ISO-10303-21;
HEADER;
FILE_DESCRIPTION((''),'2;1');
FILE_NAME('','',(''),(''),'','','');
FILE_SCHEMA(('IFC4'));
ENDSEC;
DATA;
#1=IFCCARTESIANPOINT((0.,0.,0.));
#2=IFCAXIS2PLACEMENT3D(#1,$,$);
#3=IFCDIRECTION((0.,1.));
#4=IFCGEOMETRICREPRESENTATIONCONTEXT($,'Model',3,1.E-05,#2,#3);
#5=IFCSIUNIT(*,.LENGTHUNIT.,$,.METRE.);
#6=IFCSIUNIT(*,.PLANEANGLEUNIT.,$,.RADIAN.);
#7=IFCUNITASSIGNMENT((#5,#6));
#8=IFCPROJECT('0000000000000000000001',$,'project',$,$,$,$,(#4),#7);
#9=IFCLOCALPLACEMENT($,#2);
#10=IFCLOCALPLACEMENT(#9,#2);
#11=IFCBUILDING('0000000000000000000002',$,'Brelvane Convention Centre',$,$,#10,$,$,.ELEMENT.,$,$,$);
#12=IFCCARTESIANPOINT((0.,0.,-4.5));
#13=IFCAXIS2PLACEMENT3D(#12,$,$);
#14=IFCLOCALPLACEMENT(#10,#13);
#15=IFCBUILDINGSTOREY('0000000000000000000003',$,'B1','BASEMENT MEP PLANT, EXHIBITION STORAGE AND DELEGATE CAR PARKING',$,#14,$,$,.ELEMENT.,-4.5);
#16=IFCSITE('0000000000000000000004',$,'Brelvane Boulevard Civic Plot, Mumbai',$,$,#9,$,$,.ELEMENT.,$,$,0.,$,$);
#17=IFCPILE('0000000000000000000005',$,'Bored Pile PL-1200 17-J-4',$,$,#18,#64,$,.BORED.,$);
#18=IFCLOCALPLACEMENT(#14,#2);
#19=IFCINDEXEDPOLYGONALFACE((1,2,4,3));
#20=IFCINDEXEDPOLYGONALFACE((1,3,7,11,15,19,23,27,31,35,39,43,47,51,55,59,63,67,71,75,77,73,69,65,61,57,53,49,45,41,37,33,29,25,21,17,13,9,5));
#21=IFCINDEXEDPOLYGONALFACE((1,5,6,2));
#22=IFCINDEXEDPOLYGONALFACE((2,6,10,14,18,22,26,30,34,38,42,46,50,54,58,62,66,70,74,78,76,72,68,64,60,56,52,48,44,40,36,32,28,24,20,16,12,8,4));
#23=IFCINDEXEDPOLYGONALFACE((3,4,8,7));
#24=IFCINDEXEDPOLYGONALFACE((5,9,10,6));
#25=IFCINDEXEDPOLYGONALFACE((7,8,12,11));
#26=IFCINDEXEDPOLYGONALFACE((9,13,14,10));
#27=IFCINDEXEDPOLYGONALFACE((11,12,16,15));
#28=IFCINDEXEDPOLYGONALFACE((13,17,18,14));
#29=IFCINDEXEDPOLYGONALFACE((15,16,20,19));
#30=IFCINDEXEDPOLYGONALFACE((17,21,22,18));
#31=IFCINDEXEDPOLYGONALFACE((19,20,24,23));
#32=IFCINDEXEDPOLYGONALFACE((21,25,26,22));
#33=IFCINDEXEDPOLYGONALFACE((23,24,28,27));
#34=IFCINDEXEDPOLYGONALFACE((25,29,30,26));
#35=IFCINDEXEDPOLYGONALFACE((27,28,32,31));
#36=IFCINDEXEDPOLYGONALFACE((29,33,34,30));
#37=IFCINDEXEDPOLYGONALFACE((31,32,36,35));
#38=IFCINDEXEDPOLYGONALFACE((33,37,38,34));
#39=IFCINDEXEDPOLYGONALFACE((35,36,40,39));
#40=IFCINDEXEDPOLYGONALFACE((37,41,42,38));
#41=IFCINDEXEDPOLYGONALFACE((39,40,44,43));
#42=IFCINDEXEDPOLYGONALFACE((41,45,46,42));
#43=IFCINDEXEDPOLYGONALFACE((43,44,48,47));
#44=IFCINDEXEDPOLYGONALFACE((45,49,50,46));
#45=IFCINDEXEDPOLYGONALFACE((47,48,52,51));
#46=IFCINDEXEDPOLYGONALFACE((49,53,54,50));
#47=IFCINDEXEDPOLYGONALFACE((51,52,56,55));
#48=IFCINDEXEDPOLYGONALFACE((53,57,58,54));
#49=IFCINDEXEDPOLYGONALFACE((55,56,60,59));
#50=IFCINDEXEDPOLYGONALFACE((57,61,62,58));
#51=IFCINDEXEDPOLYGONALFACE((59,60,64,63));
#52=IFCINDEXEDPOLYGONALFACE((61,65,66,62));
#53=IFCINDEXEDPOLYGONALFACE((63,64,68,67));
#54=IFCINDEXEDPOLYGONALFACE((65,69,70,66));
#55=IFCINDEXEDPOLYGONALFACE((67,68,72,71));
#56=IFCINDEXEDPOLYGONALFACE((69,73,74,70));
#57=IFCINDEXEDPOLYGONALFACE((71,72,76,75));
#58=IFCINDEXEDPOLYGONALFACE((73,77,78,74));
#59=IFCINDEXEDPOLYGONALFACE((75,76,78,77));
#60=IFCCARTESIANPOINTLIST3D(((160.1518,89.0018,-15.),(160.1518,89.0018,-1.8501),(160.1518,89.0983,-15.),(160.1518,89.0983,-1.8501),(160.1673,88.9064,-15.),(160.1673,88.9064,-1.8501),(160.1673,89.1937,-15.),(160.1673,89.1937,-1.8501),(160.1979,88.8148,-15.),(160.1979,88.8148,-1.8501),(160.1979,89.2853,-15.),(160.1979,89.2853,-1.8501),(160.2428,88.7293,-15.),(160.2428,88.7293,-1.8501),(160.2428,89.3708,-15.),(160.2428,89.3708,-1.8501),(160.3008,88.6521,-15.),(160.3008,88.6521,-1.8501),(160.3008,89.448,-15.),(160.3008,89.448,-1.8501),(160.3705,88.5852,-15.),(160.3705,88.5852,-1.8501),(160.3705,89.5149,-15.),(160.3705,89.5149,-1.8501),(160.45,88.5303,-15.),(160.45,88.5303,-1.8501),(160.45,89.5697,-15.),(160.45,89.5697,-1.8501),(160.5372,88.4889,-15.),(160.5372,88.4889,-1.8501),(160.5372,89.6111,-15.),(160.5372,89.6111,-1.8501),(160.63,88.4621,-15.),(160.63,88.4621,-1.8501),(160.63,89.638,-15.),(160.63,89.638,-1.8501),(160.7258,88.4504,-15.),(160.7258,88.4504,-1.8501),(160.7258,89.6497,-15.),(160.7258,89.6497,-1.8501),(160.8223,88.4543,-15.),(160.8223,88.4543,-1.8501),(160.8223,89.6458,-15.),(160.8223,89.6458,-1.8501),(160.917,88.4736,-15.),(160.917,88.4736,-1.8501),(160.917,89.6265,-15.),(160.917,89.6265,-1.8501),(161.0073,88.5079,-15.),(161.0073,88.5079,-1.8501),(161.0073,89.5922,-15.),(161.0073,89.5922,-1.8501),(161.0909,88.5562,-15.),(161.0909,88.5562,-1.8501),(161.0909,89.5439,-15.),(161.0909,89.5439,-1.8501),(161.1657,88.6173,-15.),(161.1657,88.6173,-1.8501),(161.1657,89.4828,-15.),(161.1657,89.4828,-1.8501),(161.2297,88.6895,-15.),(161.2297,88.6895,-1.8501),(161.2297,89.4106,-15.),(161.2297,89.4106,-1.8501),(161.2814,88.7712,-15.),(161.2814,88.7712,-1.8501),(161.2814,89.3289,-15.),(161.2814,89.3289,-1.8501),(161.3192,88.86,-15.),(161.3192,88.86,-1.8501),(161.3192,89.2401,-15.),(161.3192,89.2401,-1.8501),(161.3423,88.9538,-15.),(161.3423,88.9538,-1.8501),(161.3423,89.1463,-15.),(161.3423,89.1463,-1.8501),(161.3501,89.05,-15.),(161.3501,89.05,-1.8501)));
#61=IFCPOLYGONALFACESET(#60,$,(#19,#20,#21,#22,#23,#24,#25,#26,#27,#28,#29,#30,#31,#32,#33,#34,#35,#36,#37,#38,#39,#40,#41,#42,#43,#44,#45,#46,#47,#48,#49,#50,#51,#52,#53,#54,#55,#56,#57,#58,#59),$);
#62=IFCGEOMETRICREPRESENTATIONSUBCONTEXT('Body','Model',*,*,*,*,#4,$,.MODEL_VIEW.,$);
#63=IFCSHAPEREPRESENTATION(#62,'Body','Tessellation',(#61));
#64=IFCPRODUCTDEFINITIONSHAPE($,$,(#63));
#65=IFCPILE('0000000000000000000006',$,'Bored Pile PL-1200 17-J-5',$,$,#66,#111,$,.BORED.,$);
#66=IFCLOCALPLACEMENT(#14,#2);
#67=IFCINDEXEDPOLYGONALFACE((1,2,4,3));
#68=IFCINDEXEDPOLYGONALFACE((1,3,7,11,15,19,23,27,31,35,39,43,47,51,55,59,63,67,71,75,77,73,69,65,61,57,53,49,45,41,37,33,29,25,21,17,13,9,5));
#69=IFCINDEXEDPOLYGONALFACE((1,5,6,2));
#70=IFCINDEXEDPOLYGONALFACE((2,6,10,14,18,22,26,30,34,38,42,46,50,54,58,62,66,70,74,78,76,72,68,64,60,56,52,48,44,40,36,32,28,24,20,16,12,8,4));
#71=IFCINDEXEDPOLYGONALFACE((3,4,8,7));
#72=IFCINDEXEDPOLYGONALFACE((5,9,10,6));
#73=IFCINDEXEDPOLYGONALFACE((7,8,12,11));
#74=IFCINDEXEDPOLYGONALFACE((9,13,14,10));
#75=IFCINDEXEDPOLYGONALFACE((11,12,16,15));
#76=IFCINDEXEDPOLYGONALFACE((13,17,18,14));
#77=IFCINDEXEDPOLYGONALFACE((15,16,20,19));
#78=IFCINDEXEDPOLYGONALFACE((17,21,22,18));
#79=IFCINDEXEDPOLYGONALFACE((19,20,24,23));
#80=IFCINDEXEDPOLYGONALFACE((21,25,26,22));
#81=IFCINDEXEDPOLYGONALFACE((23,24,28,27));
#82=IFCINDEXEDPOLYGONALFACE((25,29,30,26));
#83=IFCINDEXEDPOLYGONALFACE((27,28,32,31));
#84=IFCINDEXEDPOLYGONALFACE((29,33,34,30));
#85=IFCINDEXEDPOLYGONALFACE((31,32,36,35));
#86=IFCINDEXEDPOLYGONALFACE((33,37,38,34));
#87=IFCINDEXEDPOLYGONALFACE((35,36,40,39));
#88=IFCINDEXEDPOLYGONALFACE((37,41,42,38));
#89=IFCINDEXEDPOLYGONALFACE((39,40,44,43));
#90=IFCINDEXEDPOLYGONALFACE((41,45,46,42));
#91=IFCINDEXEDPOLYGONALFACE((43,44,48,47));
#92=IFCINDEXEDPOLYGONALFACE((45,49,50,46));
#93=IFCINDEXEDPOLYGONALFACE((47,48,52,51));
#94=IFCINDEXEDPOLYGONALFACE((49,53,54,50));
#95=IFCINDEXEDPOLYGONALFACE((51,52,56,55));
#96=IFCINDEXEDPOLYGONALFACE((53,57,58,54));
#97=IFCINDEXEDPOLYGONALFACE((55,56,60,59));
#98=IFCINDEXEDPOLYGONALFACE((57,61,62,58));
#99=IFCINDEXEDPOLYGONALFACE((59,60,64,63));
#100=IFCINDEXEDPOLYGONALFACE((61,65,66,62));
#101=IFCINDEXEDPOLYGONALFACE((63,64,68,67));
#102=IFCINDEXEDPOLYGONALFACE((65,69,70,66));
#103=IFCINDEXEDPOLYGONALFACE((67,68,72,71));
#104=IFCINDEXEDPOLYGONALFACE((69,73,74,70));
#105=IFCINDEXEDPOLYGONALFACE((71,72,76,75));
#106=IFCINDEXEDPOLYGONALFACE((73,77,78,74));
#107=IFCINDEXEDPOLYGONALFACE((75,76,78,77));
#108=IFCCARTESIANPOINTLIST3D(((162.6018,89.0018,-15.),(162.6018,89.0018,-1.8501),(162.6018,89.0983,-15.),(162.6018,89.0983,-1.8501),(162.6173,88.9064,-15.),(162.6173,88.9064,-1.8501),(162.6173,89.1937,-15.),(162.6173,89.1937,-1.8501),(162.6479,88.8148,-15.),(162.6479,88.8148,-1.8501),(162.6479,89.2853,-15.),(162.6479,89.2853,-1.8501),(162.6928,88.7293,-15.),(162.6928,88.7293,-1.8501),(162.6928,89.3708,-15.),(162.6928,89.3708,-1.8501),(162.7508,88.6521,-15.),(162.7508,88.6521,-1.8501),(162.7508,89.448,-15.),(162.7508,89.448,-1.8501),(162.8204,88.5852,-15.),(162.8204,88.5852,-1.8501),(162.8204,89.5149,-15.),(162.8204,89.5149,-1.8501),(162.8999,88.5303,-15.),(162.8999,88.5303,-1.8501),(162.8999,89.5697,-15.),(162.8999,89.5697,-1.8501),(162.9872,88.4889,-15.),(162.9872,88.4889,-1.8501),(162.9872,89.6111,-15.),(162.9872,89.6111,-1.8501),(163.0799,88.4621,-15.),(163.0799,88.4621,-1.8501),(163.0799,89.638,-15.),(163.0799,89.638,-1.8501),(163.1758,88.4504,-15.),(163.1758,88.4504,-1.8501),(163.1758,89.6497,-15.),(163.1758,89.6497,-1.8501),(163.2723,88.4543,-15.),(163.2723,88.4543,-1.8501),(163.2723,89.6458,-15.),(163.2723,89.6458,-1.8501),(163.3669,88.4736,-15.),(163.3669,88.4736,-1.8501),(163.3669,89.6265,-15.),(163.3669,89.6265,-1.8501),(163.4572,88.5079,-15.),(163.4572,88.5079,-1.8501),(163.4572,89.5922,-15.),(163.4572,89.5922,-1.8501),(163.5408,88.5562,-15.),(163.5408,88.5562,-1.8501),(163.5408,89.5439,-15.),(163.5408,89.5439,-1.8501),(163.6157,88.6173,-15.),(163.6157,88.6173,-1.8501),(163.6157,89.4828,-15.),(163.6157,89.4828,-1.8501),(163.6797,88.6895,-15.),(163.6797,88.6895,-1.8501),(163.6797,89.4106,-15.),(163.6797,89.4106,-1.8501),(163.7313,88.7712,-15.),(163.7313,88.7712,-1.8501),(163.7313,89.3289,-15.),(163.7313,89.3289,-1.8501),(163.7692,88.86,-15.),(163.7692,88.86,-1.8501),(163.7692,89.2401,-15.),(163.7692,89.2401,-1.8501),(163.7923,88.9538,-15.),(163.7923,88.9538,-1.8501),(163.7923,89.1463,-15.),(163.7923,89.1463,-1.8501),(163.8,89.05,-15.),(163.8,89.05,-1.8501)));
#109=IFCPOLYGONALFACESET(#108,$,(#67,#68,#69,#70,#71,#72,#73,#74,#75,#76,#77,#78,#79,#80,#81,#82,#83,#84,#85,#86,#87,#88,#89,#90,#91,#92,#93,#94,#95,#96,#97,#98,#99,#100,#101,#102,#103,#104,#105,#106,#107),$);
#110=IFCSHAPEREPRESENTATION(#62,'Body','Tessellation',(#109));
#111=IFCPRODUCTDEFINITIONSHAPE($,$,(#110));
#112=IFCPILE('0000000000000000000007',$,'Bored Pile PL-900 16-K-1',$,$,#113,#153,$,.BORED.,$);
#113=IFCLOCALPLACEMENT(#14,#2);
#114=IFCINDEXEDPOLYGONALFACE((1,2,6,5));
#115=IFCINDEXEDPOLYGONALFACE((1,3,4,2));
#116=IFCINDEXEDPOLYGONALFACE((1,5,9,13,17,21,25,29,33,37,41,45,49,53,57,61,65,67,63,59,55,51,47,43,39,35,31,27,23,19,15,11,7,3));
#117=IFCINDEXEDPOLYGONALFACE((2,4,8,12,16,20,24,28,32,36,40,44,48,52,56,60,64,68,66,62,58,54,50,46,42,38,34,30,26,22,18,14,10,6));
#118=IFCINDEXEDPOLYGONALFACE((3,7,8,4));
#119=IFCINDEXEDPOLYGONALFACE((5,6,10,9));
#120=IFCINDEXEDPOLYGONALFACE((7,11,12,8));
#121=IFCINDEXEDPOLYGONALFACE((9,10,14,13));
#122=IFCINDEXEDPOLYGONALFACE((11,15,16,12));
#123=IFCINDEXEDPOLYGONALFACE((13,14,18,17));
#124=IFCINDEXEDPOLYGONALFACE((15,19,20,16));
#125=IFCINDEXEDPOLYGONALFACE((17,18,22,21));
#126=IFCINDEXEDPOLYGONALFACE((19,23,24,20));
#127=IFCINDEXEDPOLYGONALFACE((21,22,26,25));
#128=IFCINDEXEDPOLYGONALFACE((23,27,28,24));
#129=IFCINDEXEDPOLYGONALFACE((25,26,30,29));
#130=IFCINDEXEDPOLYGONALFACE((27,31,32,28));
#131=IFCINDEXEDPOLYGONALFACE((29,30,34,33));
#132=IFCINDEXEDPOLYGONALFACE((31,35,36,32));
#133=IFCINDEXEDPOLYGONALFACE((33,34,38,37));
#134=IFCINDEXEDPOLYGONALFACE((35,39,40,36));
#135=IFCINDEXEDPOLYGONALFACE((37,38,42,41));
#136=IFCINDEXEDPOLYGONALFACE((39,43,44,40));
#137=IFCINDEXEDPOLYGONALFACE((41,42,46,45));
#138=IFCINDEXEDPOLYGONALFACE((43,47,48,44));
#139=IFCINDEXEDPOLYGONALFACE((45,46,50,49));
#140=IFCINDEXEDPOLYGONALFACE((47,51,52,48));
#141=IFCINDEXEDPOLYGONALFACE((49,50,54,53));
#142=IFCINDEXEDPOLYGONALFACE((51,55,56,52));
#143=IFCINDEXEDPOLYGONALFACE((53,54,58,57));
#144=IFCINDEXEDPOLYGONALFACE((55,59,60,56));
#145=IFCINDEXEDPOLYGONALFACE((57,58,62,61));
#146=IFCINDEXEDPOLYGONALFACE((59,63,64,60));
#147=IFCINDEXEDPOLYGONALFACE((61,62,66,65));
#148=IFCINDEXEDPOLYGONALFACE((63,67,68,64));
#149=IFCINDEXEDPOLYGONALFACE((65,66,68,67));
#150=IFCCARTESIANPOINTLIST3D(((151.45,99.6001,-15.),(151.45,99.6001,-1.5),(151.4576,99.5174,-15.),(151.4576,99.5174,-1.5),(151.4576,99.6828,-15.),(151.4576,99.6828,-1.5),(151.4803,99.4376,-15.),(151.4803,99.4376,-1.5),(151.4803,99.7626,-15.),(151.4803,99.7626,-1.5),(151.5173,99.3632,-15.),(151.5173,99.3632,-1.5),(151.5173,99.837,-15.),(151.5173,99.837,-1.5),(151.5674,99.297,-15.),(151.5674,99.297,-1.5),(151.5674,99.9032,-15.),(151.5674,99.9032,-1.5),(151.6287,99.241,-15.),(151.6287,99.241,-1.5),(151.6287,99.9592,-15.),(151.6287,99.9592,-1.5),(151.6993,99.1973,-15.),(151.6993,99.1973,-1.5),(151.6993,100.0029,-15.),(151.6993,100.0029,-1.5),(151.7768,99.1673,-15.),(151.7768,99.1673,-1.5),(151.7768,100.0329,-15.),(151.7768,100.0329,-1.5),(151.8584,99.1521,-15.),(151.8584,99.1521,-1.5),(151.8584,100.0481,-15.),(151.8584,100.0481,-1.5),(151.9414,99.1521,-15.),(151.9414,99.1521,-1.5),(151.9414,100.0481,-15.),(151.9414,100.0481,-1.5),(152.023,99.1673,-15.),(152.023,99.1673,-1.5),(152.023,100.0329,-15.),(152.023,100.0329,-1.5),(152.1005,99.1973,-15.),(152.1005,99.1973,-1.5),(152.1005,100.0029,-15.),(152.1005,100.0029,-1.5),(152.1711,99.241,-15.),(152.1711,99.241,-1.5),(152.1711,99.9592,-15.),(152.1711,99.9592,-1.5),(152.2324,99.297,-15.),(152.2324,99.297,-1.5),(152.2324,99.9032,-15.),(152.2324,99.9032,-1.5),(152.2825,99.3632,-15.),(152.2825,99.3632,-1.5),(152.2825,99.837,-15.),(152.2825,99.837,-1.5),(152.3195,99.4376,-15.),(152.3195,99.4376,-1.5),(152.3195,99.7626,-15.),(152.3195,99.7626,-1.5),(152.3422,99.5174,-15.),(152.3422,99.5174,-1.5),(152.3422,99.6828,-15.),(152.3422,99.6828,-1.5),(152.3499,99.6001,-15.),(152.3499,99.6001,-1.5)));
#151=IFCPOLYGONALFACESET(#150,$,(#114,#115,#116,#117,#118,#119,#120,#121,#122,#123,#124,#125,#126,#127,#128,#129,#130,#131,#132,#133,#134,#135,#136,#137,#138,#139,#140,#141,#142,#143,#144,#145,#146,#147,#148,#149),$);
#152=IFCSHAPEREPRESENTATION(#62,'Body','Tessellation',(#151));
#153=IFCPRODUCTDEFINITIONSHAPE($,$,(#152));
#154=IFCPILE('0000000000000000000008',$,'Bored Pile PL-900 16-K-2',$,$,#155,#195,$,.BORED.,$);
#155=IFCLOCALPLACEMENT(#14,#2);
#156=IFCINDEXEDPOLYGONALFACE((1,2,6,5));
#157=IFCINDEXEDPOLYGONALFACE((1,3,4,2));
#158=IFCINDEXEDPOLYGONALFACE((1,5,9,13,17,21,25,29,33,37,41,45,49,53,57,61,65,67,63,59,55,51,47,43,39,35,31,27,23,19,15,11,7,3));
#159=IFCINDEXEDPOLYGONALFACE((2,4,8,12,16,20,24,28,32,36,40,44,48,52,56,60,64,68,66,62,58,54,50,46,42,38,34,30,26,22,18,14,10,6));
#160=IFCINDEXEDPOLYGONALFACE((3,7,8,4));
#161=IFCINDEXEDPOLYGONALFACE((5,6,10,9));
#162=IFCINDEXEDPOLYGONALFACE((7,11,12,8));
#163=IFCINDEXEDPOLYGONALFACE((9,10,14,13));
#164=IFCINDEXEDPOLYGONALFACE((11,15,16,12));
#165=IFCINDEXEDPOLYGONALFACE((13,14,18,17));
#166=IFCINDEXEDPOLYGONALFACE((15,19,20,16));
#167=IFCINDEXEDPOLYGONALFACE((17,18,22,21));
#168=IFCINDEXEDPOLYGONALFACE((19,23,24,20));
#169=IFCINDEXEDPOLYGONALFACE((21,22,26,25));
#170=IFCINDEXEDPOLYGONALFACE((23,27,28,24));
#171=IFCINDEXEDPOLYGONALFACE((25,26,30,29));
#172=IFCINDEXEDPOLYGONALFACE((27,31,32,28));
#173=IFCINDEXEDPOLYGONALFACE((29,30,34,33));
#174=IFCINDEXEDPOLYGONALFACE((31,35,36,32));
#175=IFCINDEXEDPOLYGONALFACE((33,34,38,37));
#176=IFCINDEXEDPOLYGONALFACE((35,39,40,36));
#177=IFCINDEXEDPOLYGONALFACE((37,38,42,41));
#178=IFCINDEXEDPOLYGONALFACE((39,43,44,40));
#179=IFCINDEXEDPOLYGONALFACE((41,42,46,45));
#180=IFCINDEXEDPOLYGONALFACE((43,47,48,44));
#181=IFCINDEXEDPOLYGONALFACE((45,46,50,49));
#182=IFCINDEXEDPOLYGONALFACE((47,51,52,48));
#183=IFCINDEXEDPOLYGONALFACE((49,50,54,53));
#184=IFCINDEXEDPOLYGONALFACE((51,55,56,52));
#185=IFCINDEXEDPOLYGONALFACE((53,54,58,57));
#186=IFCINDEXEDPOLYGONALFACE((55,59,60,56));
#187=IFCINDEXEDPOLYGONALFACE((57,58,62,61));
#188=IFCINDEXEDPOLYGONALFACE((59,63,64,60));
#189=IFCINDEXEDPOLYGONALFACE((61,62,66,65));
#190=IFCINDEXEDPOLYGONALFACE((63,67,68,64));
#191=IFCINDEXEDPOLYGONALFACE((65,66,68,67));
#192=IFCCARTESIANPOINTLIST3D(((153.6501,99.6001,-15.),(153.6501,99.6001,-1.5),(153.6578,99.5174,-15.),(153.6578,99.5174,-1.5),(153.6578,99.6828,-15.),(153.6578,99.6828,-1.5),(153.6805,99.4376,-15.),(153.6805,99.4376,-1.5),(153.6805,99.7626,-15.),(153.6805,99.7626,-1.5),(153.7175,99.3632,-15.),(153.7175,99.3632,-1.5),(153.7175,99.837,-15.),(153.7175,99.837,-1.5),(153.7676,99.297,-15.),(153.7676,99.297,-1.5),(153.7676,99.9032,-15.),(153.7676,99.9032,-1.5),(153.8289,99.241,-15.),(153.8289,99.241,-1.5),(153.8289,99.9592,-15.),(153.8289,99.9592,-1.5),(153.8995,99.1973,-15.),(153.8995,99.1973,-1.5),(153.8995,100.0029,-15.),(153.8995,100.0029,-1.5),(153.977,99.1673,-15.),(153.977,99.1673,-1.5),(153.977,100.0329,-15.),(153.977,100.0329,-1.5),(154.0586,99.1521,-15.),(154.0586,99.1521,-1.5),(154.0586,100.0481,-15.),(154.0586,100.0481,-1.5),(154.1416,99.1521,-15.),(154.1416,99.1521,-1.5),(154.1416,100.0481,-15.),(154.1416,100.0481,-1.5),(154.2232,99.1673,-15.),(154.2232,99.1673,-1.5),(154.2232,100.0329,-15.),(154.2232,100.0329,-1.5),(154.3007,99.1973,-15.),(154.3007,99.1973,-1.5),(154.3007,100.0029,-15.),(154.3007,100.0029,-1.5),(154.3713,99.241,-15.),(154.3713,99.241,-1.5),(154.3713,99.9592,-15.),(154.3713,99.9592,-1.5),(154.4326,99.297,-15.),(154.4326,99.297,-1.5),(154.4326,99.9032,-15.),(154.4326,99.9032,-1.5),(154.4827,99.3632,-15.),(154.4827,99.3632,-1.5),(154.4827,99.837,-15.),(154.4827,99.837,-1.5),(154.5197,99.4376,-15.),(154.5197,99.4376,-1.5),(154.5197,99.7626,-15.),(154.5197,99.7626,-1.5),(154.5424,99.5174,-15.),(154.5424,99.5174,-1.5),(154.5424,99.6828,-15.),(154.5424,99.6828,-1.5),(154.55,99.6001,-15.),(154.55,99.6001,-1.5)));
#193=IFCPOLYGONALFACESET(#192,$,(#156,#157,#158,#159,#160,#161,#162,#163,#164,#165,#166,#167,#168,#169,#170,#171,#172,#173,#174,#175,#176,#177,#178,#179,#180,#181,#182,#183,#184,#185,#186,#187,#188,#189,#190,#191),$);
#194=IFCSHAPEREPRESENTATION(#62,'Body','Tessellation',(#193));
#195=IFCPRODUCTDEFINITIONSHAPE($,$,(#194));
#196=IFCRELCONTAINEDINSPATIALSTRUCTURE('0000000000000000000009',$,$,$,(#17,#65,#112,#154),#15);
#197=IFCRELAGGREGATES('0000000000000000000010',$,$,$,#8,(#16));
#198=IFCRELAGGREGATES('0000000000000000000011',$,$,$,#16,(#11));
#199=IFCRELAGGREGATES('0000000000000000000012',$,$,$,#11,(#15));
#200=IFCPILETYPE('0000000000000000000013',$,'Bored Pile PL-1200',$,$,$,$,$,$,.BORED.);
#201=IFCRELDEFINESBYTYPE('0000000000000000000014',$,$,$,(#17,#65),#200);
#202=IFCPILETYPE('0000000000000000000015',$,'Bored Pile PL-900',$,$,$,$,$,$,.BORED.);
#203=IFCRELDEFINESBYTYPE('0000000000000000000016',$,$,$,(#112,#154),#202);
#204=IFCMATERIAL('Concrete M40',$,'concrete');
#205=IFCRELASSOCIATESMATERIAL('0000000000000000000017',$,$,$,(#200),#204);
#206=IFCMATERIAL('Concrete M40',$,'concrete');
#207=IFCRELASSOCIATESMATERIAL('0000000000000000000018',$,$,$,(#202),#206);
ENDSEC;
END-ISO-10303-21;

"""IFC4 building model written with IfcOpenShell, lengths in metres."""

from ifc_helpers import new_model, si_unit, direction, frame, origin, origin_2d, place, context, subcontext, project, spatial, circle, extrude, material, material_profile, profile_set, type_object, element, save


model = new_model("IFC4")

# Units and contexts
model_context = context("Model", 3, precision=1e-05, world=origin(), true_north=direction((0.0, 1.0)))
body_context = subcontext(model_context, "Body", "Model", "MODEL_VIEW")
ifc_project = project(units=[si_unit("LENGTHUNIT", "METRE"), si_unit("PLANEANGLEUNIT", "RADIAN")], contexts=[model_context])

# Site, building, storey
site_placement = place(None, origin())
site = spatial("IfcSite", under=ifc_project, at=site_placement, Name="Brelvane Boulevard Civic Plot, Mumbai", CompositionType="ELEMENT", RefElevation=0.0)
building_placement = place(site_placement, origin())
building = spatial("IfcBuilding", under=site, at=building_placement, Name="Brelvane Convention Centre", CompositionType="ELEMENT")
storey_placement = place(building_placement, frame((0.0, 0.0, -4.5)))
storey = spatial("IfcBuildingStorey", under=building, at=storey_placement, Name="B1", Description="BASEMENT MEP PLANT, EXHIBITION STORAGE AND DELEGATE CAR PARKING", CompositionType="ELEMENT", Elevation=-4.5)

# Piles
ifc_material_1 = material(Name="Concrete M40", Category="concrete")
ifc_material_profile_1 = material_profile(ifc_material_1, circle(Radius=0.6001, at=origin_2d()), Name="PILE D1200")
ifc_profile_set_1 = profile_set([ifc_material_profile_1], Name="Concrete M40")
pile_type_1 = type_object("IfcPileType", Name="Bored Pile PL-1200", PredefinedType="BORED", material=ifc_profile_set_1)
for number, where, z_axis, x_axis, name in (
    (1, (160.75, 89.05, -1.8501), (0.0, 0.0, -1.0), (1.0, 0.0, 0.0), "Bored Pile PL-1200 17-J-4"),
    (2, (163.2, 89.05, -1.8501), (0.0, 0.0, -1.0), (1.0, 0.0, 0.0), "Bored Pile PL-1200 17-J-5"),
):
    element("IfcPile", number, at=place(storey_placement, frame(where, z_axis=z_axis, x_axis=x_axis)), inside=storey, type_object=pile_type_1, Name=name, PredefinedType="BORED", context=body_context, shape_type="SweptSolid", body=[
        extrude(circle(Radius=0.6001, at=origin_2d()), origin(), (0.0, 0.0, 1.0), 13.1499),
    ])
ifc_material_2 = material(Name="Concrete M40", Category="concrete")
ifc_material_profile_2 = material_profile(ifc_material_2, circle(Radius=0.45, at=origin_2d()), Name="PILE D900")
ifc_profile_set_2 = profile_set([ifc_material_profile_2], Name="Concrete M40")
pile_type_2 = type_object("IfcPileType", Name="Bored Pile PL-900", PredefinedType="BORED", material=ifc_profile_set_2)
for number, where, z_axis, x_axis, name in (
    (3, (151.8999, 99.6001, -1.5), (0.0, 0.0, -1.0), (1.0, 0.0, 0.0), "Bored Pile PL-900 16-K-1"),
    (4, (154.1001, 99.6001, -1.5), (0.0, 0.0, -1.0), (1.0, 0.0, 0.0), "Bored Pile PL-900 16-K-2"),
):
    element("IfcPile", number, at=place(storey_placement, frame(where, z_axis=z_axis, x_axis=x_axis)), inside=storey, type_object=pile_type_2, Name=name, PredefinedType="BORED", context=body_context, shape_type="SweptSolid", body=[
        extrude(circle(Radius=0.45, at=origin_2d()), origin(), (0.0, 0.0, 1.0), 13.5),
    ])

save(model, "model.ifc")
